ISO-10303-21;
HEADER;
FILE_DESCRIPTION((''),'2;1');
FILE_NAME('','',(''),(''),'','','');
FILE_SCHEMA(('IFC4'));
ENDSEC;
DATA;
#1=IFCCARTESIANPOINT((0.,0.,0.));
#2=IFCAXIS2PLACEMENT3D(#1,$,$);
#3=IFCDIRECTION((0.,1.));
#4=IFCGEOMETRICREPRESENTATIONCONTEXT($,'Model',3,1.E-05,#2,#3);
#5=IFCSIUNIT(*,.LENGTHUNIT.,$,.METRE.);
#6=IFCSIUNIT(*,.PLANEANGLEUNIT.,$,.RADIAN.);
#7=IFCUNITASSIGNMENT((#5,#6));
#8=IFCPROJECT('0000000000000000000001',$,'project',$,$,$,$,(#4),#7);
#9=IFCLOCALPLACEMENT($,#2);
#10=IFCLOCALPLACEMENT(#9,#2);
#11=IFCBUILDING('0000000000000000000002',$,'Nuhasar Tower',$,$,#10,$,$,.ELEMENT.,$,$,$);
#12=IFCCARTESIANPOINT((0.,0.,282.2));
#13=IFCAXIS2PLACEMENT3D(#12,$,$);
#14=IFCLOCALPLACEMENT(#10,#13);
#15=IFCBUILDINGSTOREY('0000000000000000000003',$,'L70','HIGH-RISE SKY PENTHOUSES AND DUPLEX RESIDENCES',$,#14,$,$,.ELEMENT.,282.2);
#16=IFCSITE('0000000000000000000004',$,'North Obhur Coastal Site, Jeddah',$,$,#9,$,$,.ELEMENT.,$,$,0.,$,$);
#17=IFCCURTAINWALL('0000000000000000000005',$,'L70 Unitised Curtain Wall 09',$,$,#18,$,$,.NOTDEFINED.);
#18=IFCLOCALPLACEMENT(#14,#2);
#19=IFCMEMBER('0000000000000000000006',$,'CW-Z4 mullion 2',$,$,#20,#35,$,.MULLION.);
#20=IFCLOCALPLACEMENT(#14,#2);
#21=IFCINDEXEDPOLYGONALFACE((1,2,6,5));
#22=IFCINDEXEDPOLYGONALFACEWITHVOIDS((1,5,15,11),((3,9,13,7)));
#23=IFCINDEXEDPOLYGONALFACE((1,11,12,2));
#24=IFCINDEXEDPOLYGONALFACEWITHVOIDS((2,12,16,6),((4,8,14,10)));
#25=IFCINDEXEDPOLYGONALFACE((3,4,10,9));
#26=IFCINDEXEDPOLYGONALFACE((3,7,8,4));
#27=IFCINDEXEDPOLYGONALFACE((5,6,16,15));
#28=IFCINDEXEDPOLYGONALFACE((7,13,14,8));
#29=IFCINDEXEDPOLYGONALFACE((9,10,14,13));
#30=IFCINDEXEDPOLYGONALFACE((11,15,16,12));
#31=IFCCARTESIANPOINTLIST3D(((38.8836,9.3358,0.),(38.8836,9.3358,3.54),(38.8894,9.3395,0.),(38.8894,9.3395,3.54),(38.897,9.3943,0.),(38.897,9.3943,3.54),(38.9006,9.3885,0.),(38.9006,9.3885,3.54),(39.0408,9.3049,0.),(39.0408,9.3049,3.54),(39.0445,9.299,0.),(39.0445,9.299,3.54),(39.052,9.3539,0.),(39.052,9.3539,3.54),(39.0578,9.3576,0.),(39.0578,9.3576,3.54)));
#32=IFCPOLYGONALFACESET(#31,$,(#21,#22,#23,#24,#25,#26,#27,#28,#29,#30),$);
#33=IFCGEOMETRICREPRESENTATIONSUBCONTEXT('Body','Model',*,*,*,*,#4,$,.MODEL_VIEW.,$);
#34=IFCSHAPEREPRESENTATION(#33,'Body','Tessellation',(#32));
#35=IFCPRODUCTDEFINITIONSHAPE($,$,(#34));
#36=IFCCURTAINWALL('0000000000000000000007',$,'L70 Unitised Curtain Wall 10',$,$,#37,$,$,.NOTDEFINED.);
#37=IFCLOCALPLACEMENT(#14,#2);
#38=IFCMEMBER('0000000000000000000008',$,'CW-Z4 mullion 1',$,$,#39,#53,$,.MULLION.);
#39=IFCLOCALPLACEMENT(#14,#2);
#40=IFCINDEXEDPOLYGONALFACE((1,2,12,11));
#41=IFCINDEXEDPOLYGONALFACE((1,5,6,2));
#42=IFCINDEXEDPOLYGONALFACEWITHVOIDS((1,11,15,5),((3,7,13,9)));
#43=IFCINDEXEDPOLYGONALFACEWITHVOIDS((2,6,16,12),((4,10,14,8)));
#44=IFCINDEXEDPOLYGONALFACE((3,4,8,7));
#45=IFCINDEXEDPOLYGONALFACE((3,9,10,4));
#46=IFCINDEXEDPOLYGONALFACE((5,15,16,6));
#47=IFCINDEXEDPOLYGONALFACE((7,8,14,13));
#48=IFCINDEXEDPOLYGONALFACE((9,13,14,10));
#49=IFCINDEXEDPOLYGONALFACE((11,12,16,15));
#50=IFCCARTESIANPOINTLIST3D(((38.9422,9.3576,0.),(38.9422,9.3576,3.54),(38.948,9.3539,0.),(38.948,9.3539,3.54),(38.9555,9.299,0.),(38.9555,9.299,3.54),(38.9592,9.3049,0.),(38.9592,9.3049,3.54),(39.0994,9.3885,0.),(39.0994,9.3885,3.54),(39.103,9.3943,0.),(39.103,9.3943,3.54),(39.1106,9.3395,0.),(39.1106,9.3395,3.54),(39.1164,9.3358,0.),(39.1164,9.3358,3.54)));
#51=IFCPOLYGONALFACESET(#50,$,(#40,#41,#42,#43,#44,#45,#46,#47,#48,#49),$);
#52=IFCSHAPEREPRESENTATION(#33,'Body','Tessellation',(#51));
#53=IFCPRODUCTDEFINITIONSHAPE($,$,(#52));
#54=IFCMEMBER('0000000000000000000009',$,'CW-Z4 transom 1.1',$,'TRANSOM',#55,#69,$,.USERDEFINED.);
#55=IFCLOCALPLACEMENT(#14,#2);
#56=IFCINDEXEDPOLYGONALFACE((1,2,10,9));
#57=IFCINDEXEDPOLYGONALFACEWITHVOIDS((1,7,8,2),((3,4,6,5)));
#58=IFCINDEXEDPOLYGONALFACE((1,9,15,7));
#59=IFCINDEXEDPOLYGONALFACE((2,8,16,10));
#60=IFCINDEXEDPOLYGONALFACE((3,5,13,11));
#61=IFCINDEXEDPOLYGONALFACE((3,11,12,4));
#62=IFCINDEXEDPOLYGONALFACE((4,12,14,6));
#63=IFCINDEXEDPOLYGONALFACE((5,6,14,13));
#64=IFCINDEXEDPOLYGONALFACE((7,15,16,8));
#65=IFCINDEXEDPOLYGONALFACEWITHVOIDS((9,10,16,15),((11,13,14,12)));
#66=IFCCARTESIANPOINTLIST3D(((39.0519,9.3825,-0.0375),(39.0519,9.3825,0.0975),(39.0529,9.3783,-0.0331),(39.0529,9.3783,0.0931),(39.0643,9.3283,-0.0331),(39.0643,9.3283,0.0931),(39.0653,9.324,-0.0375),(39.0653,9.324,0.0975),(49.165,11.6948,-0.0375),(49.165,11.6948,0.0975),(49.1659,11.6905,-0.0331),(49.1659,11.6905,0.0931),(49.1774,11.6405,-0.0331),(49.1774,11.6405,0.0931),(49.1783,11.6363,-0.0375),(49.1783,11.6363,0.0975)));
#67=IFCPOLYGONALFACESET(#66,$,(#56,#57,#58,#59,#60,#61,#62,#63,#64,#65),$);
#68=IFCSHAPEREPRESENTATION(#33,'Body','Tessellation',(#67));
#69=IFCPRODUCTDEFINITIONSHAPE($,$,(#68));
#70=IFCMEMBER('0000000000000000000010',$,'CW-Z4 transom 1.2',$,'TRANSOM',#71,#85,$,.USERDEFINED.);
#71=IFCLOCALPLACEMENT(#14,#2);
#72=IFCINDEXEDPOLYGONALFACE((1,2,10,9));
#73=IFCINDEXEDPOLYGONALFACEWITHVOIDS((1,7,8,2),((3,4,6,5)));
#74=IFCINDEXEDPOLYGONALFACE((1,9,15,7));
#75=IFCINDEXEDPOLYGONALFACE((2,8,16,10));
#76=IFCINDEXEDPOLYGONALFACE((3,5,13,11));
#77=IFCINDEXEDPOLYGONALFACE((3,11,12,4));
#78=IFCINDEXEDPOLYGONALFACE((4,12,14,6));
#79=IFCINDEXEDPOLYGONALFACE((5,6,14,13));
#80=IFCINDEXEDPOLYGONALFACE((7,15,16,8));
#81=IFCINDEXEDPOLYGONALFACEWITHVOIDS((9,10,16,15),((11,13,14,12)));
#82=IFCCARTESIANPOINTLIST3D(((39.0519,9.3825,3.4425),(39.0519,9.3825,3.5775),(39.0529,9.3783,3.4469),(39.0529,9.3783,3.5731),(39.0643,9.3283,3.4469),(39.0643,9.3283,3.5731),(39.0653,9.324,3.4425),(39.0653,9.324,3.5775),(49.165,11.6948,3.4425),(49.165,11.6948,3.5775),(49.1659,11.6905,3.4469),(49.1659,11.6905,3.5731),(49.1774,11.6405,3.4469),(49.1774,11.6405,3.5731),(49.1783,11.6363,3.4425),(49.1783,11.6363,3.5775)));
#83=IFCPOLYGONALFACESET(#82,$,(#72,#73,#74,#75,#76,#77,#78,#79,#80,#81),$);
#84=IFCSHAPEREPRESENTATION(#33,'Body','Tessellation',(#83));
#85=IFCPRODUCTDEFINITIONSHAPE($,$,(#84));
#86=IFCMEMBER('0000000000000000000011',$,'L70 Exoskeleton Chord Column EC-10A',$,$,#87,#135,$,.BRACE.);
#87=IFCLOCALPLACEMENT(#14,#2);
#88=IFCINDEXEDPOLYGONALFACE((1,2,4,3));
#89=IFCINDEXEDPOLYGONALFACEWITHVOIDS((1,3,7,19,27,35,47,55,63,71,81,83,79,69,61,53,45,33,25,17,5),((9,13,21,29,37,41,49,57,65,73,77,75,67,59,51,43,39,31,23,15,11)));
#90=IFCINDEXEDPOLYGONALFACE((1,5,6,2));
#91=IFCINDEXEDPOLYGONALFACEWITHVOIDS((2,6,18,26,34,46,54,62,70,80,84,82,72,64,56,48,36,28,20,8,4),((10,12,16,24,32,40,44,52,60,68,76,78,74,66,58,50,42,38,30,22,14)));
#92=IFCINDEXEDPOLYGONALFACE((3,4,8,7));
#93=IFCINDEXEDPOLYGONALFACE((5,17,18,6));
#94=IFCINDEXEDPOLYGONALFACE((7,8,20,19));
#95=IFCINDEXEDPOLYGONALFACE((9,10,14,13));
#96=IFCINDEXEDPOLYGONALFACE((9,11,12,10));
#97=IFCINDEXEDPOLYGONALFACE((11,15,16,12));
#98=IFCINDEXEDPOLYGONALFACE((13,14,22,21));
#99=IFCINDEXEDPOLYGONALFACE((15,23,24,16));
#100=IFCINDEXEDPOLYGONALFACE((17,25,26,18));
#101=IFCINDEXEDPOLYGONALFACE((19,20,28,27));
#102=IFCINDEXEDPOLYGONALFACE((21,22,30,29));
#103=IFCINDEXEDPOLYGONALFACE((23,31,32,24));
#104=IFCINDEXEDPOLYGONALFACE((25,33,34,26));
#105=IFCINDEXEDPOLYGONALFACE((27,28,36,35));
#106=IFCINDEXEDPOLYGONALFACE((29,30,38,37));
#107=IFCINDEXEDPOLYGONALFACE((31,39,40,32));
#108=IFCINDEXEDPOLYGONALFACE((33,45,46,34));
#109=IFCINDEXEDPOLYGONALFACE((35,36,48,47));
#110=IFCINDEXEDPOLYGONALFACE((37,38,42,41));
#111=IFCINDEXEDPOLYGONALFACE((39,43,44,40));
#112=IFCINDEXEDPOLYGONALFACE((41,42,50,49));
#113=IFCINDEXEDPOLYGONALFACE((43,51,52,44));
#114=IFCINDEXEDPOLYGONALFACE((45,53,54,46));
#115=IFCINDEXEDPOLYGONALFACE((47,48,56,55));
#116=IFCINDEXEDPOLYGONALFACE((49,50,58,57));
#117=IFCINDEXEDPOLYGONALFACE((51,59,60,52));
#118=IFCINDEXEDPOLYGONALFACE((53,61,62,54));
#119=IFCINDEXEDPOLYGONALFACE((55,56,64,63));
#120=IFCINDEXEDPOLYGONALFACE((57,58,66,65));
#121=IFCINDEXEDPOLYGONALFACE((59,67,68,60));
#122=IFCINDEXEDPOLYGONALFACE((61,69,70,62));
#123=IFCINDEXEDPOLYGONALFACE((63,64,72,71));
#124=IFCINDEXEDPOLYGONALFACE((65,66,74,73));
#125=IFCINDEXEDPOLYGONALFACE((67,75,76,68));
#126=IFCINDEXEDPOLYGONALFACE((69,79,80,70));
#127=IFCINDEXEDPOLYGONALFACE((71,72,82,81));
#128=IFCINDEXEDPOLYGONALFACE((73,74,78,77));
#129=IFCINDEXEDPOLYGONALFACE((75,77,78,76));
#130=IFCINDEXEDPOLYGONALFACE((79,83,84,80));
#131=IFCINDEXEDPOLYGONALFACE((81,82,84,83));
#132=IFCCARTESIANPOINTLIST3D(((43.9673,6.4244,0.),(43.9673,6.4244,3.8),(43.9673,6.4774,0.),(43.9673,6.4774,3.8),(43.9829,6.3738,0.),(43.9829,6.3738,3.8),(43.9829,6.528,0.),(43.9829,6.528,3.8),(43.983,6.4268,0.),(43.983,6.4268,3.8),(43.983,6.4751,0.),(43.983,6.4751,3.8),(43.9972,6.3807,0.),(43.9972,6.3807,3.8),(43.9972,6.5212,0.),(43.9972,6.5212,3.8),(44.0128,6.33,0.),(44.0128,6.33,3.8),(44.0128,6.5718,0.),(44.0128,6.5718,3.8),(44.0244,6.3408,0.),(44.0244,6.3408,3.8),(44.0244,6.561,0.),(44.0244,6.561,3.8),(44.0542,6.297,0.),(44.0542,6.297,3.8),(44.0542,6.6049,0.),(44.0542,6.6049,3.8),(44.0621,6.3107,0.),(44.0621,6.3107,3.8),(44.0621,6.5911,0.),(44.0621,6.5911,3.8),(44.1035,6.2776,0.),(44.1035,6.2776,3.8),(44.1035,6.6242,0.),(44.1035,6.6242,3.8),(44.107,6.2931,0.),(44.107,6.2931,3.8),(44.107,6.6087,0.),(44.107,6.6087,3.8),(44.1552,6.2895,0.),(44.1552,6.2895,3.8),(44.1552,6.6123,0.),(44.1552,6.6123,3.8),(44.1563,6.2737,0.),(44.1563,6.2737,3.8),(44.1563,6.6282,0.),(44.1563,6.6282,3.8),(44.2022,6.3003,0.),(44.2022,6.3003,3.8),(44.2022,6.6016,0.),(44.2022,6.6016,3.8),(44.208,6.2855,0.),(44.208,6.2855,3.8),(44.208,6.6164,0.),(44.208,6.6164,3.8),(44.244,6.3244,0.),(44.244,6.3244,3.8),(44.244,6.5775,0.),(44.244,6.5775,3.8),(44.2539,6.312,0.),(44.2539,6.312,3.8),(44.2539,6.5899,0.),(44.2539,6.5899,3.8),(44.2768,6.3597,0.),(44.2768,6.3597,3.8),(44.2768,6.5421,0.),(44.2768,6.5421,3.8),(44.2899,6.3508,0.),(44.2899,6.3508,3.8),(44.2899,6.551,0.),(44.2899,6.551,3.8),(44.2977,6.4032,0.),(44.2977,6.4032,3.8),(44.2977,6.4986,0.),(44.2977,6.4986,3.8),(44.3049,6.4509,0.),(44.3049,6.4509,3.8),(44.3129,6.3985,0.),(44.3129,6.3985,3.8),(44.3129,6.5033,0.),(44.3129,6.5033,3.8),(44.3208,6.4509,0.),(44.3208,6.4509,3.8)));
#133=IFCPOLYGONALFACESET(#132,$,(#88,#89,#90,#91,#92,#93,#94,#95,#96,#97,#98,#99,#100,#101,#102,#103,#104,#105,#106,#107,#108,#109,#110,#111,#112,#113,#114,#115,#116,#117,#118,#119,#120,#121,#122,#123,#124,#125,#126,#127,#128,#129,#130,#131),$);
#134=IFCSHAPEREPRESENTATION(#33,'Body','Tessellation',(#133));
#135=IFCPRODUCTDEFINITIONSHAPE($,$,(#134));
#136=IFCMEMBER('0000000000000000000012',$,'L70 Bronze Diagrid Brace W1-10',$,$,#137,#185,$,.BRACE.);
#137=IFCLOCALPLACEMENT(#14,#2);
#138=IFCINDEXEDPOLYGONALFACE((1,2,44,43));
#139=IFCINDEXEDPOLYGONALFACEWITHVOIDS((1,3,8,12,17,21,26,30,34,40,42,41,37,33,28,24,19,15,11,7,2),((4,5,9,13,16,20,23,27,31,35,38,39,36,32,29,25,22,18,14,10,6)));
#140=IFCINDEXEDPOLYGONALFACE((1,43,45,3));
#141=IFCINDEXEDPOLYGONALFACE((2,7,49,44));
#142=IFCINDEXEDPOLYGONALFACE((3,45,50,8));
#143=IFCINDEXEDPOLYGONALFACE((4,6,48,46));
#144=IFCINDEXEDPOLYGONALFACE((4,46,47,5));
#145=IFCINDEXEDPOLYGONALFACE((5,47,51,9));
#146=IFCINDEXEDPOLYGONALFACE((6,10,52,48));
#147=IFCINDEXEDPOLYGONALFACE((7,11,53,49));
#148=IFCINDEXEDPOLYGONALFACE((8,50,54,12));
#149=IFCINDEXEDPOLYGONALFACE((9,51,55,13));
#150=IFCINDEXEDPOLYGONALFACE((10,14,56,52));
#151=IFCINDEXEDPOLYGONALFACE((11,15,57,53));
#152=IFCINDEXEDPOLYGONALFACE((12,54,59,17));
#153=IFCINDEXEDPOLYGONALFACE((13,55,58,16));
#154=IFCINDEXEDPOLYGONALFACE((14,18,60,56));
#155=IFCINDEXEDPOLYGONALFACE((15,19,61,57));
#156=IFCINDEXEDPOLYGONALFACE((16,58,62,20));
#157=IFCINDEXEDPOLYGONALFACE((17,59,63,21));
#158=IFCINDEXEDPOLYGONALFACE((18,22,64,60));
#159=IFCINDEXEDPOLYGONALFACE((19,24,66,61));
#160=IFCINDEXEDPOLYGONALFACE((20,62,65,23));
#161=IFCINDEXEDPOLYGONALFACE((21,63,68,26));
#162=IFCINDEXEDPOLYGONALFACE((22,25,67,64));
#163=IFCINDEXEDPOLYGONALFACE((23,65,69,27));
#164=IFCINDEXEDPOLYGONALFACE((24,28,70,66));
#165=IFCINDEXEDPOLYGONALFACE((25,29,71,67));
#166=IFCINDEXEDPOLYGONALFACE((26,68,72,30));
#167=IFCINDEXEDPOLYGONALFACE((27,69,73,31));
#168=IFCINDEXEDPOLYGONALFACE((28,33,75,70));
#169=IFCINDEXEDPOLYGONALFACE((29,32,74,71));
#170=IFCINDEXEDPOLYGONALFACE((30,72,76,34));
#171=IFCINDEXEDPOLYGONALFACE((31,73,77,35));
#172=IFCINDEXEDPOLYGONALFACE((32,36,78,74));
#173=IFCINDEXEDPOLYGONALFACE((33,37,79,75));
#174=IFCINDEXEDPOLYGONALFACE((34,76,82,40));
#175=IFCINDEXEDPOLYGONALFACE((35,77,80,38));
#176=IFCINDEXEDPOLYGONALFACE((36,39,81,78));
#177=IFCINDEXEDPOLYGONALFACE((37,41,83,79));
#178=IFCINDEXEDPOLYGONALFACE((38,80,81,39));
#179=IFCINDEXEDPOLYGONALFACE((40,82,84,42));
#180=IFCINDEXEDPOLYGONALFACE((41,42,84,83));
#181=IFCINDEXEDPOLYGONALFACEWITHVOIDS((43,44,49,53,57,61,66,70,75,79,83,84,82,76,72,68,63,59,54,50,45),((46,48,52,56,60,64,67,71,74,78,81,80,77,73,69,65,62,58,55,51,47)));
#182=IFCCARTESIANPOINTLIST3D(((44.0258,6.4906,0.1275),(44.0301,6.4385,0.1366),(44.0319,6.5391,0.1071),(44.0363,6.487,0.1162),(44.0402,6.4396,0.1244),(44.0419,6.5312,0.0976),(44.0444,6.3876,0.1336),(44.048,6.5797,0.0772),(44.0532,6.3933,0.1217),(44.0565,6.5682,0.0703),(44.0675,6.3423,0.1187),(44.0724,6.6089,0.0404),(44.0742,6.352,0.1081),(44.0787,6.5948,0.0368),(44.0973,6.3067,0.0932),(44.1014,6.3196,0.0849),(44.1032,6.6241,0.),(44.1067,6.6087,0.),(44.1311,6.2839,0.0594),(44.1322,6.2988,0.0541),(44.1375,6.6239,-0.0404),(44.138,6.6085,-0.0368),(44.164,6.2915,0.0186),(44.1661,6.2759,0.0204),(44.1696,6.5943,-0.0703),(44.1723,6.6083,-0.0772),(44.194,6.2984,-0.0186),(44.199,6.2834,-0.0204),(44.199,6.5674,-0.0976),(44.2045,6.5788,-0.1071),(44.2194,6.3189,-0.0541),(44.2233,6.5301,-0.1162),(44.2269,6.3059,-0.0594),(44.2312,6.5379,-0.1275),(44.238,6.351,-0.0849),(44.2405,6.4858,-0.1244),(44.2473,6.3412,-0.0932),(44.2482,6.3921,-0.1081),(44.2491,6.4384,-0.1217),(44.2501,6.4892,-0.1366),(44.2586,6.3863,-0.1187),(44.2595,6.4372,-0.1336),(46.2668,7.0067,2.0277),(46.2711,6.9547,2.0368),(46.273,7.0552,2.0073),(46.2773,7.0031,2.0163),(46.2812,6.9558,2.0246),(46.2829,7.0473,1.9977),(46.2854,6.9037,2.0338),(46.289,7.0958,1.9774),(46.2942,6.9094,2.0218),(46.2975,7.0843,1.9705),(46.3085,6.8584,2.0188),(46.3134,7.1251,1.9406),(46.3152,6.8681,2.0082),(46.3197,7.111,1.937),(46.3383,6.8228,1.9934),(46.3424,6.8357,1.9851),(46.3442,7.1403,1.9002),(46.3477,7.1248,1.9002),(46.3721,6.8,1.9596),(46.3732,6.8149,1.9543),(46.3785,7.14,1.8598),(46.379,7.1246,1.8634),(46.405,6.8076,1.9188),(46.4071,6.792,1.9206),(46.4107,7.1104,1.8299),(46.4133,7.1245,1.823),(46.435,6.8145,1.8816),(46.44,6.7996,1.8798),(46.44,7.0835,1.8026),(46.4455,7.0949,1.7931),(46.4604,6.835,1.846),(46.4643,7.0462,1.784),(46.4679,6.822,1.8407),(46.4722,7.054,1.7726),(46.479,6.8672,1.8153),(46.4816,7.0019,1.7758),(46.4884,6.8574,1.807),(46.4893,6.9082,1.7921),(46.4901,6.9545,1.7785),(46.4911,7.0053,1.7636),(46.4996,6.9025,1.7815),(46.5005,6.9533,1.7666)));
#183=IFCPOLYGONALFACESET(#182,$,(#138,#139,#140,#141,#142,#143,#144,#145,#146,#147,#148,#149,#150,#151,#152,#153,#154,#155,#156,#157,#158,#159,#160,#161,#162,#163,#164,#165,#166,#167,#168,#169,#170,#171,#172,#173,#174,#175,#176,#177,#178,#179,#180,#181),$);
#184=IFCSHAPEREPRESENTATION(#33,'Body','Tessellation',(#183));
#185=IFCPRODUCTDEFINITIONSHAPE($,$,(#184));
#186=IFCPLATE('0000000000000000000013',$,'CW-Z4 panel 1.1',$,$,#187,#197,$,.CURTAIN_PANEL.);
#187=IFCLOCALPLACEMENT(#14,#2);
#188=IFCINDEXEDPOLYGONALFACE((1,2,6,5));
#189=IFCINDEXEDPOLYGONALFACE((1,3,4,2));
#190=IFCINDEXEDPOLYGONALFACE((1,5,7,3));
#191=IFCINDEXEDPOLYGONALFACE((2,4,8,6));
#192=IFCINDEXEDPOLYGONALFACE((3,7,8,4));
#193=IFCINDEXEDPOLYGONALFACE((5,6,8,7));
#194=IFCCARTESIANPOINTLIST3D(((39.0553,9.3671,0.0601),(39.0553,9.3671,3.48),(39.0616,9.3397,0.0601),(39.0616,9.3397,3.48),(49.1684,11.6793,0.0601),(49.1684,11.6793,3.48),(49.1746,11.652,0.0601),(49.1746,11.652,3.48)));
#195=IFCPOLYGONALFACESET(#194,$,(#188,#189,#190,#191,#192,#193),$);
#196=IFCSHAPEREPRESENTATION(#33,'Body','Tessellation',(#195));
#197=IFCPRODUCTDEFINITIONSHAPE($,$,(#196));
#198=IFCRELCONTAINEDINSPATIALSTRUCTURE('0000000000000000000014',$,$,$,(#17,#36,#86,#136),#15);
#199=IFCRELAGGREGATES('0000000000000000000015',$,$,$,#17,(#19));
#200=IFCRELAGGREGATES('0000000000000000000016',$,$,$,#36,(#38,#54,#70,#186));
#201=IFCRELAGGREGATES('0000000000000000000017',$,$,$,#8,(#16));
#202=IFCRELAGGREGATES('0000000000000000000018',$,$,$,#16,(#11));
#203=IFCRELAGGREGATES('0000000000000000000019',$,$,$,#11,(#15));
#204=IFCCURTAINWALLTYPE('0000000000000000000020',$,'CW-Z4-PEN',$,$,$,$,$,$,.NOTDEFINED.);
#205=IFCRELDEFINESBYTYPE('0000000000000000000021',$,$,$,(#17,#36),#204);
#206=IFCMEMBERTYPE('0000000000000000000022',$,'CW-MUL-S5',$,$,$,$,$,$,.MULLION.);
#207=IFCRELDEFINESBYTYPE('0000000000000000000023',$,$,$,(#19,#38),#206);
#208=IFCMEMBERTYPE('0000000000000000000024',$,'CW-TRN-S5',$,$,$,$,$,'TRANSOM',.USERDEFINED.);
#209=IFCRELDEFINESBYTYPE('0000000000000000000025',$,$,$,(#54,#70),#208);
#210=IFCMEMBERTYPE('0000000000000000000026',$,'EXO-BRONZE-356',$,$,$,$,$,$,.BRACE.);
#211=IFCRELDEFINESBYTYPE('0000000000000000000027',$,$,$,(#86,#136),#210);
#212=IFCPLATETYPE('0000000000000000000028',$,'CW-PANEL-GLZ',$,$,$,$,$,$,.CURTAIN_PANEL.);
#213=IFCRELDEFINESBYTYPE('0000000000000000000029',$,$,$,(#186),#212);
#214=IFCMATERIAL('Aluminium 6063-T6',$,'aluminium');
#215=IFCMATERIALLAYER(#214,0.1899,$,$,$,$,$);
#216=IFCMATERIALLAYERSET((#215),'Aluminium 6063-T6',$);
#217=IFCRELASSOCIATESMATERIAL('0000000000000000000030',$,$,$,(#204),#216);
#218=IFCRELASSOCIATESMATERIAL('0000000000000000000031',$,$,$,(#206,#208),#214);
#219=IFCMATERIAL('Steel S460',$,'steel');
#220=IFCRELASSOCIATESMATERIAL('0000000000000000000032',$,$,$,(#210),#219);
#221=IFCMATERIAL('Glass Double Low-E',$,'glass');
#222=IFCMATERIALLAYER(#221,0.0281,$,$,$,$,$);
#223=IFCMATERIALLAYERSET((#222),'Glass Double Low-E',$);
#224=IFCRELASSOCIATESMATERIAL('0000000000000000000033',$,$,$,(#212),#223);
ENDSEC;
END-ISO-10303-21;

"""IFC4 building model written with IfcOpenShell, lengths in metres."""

from ifc_helpers import new_model, si_unit, direction, frame, origin, origin_2d, place, context, subcontext, project, spatial, rectangle, hollow_rectangle, hollow_circle, extrude, material, layer, layer_set, material_profile, profile_set, type_object, element, aggregate, save


model = new_model("IFC4")

# Units and contexts
model_context = context("Model", 3, precision=1e-05, world=origin(), true_north=direction((0.0, 1.0)))
body_context = subcontext(model_context, "Body", "Model", "MODEL_VIEW")
ifc_project = project(units=[si_unit("LENGTHUNIT", "METRE"), si_unit("PLANEANGLEUNIT", "RADIAN")], contexts=[model_context])

# Site, building, storey
site_placement = place(None, origin())
site = spatial("IfcSite", under=ifc_project, at=site_placement, Name="North Obhur Coastal Site, Jeddah", CompositionType="ELEMENT", RefElevation=0.0)
building_placement = place(site_placement, origin())
building = spatial("IfcBuilding", under=site, at=building_placement, Name="Nuhasar Tower", CompositionType="ELEMENT")
storey_placement = place(building_placement, frame((0.0, 0.0, 282.2)))
storey = spatial("IfcBuildingStorey", under=building, at=storey_placement, Name="L70", Description="HIGH-RISE SKY PENTHOUSES AND DUPLEX RESIDENCES", CompositionType="ELEMENT", Elevation=282.2)

# Curtain wall, member
ifc_material_1 = material(Name="Aluminium 6063-T6", Category="aluminium")
ifc_layer_1 = layer(ifc_material_1, 0.1899)
ifc_layer_set_1 = layer_set([ifc_layer_1], Name="Aluminium 6063-T6")
curtain_wall_type = type_object("IfcCurtainWallType", Name="CW-Z4-PEN", PredefinedType="NOTDEFINED", material=ifc_layer_set_1)
curtain_wall_1_placement = place(storey_placement, origin())
curtain_wall_1 = element("IfcCurtainWall", 1, at=curtain_wall_1_placement, inside=storey, type_object=curtain_wall_type, Name="L70 Unitised Curtain Wall 09", PredefinedType="NOTDEFINED")
ifc_material_profile_1 = material_profile(ifc_material_1, hollow_rectangle(XDim=0.0601, YDim=0.165, WallThickness=0.0049, at=origin_2d()), Name="CWM-5")
ifc_profile_set_1 = profile_set([ifc_material_profile_1], Name="Aluminium 6063-T6")
member_type_1 = type_object("IfcMemberType", Name="CW-MUL-S5", PredefinedType="MULLION", material=ifc_profile_set_1)
member_1_placement = place(storey_placement, frame((38.9707, 9.3467, 0.0), z_axis=(0.0, 0.0, 1.0), x_axis=(0.222889, 0.974844, 0.0)))
member_1 = element("IfcMember", 2, at=member_1_placement, type_object=member_type_1, Name="CW-Z4 mullion 2", PredefinedType="MULLION", context=body_context, shape_type="SweptSolid", body=[
    extrude(hollow_rectangle(XDim=0.0601, YDim=0.165, WallThickness=0.0049, at=origin_2d()), origin(), (0.0, 0.0, 1.0), 3.54),
])
aggregate(curtain_wall_1, [member_1])

# Curtain wall, members
curtain_wall_2_placement = place(storey_placement, origin())
curtain_wall_2 = element("IfcCurtainWall", 3, at=curtain_wall_2_placement, inside=storey, type_object=curtain_wall_type, Name="L70 Unitised Curtain Wall 10", PredefinedType="NOTDEFINED")
member_2_placement = place(storey_placement, frame((39.0293, 9.3467, 0.0), z_axis=(0.0, 0.0, 1.0), x_axis=(-0.222889, 0.974844, 0.0)))
member_2 = element("IfcMember", 4, at=member_2_placement, type_object=member_type_1, Name="CW-Z4 mullion 1", PredefinedType="MULLION", context=body_context, shape_type="SweptSolid", body=[
    extrude(hollow_rectangle(XDim=0.0601, YDim=0.165, WallThickness=0.0049, at=origin_2d()), origin(), (0.0, 0.0, 1.0), 3.54),
])
ifc_material_profile_2 = material_profile(ifc_material_1, hollow_rectangle(XDim=0.0601, YDim=0.135, WallThickness=0.0044, at=origin_2d()), Name="CWT-5")
ifc_profile_set_2 = profile_set([ifc_material_profile_2], Name="Aluminium 6063-T6")
member_type_2 = type_object("IfcMemberType", Name="CW-TRN-S5", ElementType="TRANSOM", PredefinedType="USERDEFINED", material=ifc_profile_set_2)
member_3_placement = place(storey_placement, frame((39.0586, 9.3533, 0.03), z_axis=(0.974844, 0.222889, 0.0), x_axis=(-0.222889, 0.974844, 0.0)))
member_3 = element("IfcMember", 5, at=member_3_placement, type_object=member_type_2, Name="CW-Z4 transom 1.1", ObjectType="TRANSOM", PredefinedType="USERDEFINED", context=body_context, shape_type="SweptSolid", body=[
    extrude(hollow_rectangle(XDim=0.0601, YDim=0.135, WallThickness=0.0044, at=origin_2d()), origin(), (0.0, 0.0, 1.0), 10.374),
])
member_4_placement = place(storey_placement, frame((39.0586, 9.3533, 3.51), z_axis=(0.974844, 0.222889, 0.0), x_axis=(-0.222889, 0.974844, 0.0)))
member_4 = element("IfcMember", 6, at=member_4_placement, type_object=member_type_2, Name="CW-Z4 transom 1.2", ObjectType="TRANSOM", PredefinedType="USERDEFINED", context=body_context, shape_type="SweptSolid", body=[
    extrude(hollow_rectangle(XDim=0.0601, YDim=0.135, WallThickness=0.0044, at=origin_2d()), origin(), (0.0, 0.0, 1.0), 10.374),
])

# Members
ifc_material_2 = material(Name="Steel S460", Category="steel")
ifc_material_profile_3 = material_profile(ifc_material_2, hollow_circle(Radius=0.1777, WallThickness=0.0159, at=origin_2d()), Name="HSS355.6X15.9")
ifc_profile_set_3 = profile_set([ifc_material_profile_3], Name="Steel S460")
member_type_3 = type_object("IfcMemberType", Name="EXO-BRONZE-356", PredefinedType="BRACE", material=ifc_profile_set_3)
member_5_placement = place(storey_placement, frame((44.1431, 6.4509, 0.0), z_axis=(0.0, 0.0, 1.0), x_axis=(1.0, 0.0, 0.0)))
element("IfcMember", 7, at=member_5_placement, inside=storey, type_object=member_type_3, Name="L70 Exoskeleton Chord Column EC-10A", PredefinedType="BRACE", context=body_context, shape_type="SweptSolid", body=[
    extrude(hollow_circle(Radius=0.1777, WallThickness=0.0159, at=origin_2d()), origin(), (0.0, 0.0, 1.0), 3.8),
])
member_6_placement = place(storey_placement, frame((44.1431, 6.4509, 0.0), z_axis=(0.751222, 0.173013, 0.636971), x_axis=(-0.224433, 0.97449, 0.0)))
element("IfcMember", 8, at=member_6_placement, inside=storey, type_object=member_type_3, Name="L70 Bronze Diagrid Brace W1-10", PredefinedType="BRACE", context=body_context, shape_type="SweptSolid", body=[
    extrude(hollow_circle(Radius=0.1777, WallThickness=0.0159, at=origin_2d()), origin(), (0.0, 0.0, 1.0), 2.9832),
])

# Plate
ifc_material_3 = material(Name="Glass Double Low-E", Category="glass")
ifc_layer_2 = layer(ifc_material_3, 0.0281)
ifc_layer_set_2 = layer_set([ifc_layer_2], Name="Glass Double Low-E")
plate_type = type_object("IfcPlateType", Name="CW-PANEL-GLZ", PredefinedType="CURTAIN_PANEL", material=ifc_layer_set_2)
plate_placement = place(storey_placement, frame((44.115, 10.5095, 0.0601), z_axis=(0.0, 0.0, 1.0), x_axis=(0.974844, 0.222889, 0.0)))
plate = element("IfcPlate", 9, at=plate_placement, type_object=plate_type, Name="CW-Z4 panel 1.1", PredefinedType="CURTAIN_PANEL", context=body_context, shape_type="SweptSolid", body=[
    extrude(rectangle(XDim=10.374, YDim=0.0281, at=origin_2d()), origin(), (0.0, 0.0, 1.0), 3.4199),
])
aggregate(curtain_wall_2, [member_2, member_3, member_4, plate])

save(model, "model.ifc")
